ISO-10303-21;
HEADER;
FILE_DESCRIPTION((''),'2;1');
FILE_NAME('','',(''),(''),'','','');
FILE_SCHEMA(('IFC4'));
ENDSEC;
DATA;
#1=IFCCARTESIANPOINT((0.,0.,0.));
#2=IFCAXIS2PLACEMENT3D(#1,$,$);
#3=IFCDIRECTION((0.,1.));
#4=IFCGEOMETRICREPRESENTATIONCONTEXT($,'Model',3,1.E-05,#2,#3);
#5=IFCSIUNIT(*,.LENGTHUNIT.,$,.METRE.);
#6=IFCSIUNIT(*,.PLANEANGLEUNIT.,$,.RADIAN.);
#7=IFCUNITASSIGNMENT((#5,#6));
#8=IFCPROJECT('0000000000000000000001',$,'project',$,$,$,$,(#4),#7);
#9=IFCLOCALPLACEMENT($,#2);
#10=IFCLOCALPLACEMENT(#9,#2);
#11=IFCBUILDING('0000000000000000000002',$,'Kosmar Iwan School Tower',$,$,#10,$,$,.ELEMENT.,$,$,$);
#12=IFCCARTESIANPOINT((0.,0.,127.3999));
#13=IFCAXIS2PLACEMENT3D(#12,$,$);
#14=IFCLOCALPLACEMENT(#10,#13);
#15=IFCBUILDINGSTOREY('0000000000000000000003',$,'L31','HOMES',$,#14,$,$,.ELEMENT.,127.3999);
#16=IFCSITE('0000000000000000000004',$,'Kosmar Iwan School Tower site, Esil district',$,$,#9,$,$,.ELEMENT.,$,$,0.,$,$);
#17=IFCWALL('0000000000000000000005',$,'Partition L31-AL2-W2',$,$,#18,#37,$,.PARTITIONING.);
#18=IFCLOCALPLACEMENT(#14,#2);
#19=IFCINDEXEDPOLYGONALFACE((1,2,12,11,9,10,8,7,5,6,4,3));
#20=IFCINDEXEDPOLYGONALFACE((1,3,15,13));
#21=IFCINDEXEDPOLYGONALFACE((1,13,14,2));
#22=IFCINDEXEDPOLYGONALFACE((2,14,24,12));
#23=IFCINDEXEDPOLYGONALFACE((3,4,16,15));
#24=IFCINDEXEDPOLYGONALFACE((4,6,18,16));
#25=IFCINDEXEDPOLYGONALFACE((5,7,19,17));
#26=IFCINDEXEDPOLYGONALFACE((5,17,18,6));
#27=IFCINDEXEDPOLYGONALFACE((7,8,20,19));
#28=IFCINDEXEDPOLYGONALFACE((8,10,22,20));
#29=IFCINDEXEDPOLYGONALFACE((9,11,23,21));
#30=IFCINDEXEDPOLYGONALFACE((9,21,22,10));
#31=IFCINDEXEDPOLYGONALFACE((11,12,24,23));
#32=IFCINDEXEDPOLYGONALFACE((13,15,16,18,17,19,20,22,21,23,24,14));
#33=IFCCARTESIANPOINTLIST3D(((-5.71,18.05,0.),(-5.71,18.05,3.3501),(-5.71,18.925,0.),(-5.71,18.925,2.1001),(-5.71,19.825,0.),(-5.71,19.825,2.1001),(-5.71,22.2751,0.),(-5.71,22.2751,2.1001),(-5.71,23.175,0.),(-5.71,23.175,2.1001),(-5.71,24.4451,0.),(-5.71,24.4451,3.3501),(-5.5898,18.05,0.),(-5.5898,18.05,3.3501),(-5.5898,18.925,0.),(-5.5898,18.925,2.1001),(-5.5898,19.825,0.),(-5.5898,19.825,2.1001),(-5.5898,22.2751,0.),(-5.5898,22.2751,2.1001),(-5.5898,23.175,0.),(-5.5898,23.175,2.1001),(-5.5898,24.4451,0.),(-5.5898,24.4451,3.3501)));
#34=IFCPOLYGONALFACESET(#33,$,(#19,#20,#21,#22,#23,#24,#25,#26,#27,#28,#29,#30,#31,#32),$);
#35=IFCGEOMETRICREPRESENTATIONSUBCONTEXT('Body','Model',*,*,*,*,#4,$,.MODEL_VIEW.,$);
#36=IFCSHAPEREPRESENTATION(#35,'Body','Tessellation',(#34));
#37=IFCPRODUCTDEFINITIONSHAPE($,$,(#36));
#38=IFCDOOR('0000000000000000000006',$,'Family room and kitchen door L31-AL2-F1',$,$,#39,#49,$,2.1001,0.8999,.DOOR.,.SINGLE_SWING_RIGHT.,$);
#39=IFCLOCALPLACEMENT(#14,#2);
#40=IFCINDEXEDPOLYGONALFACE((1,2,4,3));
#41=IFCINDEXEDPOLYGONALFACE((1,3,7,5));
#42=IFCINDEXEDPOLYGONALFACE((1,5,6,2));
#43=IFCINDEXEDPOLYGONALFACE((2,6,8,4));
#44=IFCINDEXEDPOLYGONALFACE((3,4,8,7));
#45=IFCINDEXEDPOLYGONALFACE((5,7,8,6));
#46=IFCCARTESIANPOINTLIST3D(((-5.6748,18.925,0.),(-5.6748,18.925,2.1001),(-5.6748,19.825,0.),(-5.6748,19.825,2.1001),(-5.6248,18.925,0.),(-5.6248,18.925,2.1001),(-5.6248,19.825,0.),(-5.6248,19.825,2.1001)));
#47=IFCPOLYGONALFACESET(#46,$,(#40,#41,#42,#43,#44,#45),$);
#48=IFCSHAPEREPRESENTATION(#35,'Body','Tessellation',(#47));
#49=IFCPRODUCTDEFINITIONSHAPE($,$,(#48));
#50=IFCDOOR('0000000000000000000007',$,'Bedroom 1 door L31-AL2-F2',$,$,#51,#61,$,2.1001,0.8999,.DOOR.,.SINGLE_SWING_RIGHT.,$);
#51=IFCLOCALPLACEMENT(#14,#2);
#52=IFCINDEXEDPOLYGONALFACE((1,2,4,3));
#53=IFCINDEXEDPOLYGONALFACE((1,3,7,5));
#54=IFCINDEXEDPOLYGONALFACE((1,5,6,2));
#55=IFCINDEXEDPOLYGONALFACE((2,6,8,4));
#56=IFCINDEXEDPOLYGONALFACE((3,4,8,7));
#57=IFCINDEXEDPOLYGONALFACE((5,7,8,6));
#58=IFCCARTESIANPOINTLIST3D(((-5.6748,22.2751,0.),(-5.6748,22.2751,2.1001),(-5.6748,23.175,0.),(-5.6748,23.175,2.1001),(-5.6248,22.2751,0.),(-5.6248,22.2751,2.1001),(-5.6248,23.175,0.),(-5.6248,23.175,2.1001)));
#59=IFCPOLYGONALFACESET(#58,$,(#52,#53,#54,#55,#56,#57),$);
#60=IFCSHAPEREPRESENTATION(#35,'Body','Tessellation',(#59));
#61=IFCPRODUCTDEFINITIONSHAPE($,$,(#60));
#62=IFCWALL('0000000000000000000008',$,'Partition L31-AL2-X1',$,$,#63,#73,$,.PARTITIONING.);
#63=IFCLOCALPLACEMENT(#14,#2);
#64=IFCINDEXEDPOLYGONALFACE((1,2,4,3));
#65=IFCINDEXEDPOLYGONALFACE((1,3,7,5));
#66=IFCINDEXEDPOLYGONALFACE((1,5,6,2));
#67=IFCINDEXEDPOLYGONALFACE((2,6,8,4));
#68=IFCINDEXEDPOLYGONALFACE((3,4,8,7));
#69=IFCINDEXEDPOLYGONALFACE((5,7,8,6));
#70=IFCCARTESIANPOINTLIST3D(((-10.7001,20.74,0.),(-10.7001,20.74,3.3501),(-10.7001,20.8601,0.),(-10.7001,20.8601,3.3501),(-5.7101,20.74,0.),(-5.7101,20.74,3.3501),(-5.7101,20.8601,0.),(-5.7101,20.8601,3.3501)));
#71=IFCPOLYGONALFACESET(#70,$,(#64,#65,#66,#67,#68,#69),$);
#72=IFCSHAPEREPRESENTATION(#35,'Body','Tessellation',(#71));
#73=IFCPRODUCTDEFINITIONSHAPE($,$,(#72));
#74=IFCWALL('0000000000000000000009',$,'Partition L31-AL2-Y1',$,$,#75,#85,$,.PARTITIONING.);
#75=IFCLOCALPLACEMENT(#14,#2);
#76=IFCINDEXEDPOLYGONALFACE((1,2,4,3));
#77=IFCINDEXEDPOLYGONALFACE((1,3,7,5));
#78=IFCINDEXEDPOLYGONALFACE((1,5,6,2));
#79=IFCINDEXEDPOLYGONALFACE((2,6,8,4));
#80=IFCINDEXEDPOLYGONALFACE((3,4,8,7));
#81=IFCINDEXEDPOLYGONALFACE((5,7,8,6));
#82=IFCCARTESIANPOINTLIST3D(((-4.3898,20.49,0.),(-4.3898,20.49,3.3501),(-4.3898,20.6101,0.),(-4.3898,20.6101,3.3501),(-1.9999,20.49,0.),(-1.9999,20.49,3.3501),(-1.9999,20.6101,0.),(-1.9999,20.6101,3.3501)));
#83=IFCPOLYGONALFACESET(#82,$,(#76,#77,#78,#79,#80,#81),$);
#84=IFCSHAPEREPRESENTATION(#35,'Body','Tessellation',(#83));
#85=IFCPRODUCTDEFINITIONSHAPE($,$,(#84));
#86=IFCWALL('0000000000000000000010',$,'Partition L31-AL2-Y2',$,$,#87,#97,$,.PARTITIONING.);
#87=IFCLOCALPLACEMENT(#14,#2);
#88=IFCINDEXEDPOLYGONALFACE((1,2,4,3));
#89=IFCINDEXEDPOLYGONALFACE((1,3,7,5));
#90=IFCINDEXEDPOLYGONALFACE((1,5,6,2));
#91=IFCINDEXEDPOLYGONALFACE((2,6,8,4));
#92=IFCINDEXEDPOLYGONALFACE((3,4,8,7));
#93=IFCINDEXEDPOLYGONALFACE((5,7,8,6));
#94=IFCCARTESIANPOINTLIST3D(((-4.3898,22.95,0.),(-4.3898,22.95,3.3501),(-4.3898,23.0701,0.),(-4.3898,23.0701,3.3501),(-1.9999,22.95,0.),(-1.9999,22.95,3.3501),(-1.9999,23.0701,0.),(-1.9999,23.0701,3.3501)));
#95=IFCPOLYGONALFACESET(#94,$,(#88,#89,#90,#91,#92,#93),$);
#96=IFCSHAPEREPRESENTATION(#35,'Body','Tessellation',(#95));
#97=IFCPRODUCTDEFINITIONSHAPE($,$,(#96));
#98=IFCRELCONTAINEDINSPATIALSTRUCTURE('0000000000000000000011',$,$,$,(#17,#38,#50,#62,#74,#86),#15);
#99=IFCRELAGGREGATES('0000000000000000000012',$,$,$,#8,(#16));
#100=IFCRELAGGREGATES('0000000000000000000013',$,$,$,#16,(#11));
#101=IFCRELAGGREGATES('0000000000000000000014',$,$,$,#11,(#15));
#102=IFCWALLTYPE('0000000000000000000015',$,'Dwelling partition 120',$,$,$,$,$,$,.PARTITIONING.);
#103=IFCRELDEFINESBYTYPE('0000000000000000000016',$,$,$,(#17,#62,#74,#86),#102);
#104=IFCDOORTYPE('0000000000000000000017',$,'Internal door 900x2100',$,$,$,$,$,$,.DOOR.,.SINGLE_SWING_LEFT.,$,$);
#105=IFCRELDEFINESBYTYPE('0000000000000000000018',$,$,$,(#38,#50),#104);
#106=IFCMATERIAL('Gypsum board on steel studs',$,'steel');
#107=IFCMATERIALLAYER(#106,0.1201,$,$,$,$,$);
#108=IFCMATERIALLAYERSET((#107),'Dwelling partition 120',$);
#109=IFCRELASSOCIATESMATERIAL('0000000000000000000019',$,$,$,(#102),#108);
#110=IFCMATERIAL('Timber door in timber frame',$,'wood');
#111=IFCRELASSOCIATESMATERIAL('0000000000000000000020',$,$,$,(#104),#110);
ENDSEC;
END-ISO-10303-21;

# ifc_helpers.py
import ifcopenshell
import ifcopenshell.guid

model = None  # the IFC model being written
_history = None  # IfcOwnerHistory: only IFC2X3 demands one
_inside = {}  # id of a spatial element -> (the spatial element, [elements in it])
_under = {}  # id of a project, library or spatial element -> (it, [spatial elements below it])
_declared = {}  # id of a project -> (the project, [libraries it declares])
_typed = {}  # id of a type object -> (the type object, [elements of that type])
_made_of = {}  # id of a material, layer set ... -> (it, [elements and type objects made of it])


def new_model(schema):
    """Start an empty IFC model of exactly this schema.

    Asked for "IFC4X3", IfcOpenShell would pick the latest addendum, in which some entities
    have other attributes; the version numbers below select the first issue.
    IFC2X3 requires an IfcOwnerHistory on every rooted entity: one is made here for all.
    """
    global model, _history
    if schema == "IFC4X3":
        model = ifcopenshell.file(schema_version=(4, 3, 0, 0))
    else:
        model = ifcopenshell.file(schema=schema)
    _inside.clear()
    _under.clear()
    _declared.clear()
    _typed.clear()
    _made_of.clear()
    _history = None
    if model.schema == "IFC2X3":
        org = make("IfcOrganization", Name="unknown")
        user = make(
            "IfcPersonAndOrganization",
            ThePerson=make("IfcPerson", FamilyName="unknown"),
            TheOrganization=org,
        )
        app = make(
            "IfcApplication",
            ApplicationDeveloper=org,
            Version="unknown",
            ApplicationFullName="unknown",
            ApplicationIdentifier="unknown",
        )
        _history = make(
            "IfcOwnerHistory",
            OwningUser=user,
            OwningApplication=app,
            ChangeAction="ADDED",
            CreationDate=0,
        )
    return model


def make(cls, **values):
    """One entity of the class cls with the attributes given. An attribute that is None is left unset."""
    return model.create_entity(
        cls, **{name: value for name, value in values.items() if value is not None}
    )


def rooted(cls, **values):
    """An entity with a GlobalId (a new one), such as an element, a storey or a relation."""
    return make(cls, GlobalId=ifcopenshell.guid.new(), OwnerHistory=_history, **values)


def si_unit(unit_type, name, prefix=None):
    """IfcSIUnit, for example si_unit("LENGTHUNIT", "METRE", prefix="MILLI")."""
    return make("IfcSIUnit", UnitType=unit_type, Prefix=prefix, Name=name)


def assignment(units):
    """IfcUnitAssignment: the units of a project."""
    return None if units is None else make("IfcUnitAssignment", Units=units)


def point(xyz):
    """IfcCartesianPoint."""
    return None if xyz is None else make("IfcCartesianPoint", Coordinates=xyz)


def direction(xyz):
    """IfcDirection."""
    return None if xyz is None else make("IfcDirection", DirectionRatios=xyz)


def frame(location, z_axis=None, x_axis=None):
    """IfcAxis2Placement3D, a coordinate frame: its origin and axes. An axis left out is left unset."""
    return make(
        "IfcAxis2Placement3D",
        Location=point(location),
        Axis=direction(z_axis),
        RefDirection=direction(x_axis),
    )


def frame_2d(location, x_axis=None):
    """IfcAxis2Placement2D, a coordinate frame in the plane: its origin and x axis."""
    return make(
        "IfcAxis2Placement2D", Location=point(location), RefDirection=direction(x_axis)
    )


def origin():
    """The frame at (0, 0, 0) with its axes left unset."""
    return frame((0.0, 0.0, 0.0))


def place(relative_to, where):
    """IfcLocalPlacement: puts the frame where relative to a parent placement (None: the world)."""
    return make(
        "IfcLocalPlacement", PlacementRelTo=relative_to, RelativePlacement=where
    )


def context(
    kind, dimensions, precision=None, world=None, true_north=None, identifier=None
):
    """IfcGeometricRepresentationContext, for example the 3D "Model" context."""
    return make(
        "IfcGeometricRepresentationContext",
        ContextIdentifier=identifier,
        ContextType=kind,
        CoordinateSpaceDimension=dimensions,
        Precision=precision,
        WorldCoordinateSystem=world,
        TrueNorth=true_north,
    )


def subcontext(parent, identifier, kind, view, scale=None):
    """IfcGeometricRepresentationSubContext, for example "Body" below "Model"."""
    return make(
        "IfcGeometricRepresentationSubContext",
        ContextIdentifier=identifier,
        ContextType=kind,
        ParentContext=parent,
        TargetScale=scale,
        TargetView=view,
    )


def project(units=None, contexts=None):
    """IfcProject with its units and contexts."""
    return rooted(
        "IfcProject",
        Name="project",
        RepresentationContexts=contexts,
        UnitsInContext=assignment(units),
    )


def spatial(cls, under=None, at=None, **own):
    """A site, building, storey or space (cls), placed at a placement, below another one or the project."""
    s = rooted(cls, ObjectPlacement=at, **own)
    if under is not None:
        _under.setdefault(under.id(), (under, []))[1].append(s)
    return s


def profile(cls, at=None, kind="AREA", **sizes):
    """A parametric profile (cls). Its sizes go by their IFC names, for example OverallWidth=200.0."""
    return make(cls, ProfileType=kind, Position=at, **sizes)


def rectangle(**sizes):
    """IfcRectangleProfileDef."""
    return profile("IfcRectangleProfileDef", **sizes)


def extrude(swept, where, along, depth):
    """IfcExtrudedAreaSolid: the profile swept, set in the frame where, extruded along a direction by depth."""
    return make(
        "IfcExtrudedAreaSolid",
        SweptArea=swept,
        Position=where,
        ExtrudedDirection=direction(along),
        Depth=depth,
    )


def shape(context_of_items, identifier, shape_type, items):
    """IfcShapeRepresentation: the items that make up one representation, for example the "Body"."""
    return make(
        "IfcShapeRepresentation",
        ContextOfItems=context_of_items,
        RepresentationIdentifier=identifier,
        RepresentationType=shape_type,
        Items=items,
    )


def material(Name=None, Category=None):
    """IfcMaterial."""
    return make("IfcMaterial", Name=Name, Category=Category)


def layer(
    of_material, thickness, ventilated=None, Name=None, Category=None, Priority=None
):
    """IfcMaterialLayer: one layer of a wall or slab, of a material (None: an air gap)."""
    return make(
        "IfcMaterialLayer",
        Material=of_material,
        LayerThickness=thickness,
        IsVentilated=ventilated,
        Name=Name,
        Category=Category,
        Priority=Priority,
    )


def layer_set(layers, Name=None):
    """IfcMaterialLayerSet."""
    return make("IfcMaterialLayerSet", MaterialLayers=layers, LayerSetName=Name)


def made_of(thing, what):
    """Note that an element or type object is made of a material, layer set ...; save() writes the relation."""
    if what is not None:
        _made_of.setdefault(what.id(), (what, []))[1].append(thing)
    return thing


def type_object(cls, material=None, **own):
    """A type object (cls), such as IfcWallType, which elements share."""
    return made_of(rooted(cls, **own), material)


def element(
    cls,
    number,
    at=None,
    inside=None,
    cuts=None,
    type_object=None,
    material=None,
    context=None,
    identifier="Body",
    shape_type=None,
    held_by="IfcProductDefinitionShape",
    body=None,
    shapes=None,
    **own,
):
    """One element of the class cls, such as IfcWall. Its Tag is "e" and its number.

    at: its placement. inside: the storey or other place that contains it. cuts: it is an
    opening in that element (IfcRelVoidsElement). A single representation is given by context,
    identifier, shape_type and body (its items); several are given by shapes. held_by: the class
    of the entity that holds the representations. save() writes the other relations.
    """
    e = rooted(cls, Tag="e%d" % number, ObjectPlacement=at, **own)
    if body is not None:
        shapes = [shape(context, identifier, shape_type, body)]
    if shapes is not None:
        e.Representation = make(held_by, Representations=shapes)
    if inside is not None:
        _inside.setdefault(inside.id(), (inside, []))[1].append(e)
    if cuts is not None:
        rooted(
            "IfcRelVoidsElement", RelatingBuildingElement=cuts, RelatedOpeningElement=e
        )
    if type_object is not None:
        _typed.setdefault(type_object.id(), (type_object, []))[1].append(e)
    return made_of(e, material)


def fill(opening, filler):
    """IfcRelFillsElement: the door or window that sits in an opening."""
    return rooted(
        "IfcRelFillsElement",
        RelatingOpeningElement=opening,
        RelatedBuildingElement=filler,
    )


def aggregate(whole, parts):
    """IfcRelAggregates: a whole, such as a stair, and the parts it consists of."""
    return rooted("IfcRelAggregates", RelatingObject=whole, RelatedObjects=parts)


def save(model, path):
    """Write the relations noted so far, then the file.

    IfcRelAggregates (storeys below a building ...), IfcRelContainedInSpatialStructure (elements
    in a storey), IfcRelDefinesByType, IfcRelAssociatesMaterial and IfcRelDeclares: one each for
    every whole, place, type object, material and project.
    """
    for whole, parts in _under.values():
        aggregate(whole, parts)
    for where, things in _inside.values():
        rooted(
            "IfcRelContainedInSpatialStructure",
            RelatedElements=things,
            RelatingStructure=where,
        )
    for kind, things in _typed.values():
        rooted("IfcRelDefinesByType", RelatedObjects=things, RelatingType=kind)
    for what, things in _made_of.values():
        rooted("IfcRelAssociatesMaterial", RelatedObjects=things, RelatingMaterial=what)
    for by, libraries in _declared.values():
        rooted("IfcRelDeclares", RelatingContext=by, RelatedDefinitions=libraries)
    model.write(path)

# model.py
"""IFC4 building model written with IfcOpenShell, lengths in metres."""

from ifc_helpers import new_model, si_unit, direction, frame, frame_2d, origin, place, context, subcontext, project, spatial, rectangle, extrude, material, layer, layer_set, type_object, element, fill, save


model = new_model("IFC4")

# Units and contexts
model_context = context("Model", 3, precision=1e-05, world=origin(), true_north=direction((0.0, 1.0)))
body_context = subcontext(model_context, "Body", "Model", "MODEL_VIEW")
ifc_project = project(units=[si_unit("LENGTHUNIT", "METRE"), si_unit("PLANEANGLEUNIT", "RADIAN")], contexts=[model_context])

# Site, building, storey
site_placement = place(None, origin())
site = spatial("IfcSite", under=ifc_project, at=site_placement, Name="Kosmar Iwan School Tower site, Esil district", CompositionType="ELEMENT", RefElevation=0.0)
building_placement = place(site_placement, origin())
building = spatial("IfcBuilding", under=site, at=building_placement, Name="Kosmar Iwan School Tower", CompositionType="ELEMENT")
storey_placement = place(building_placement, frame((0.0, 0.0, 127.3999)))
storey = spatial("IfcBuildingStorey", under=building, at=storey_placement, Name="L31", Description="HOMES", CompositionType="ELEMENT", Elevation=127.3999)

# Wall, openings, doors
ifc_material_1 = material(Name="Gypsum board on steel studs", Category="steel")
ifc_layer_1 = layer(ifc_material_1, 0.1201)
ifc_layer_set_1 = layer_set([ifc_layer_1], Name="Dwelling partition 120")
wall_type = type_object("IfcWallType", Name="Dwelling partition 120", PredefinedType="PARTITIONING", material=ifc_layer_set_1)
ifc_material_2 = material(Name="Timber door in timber frame", Category="wood")
door_type_1 = type_object("IfcDoorType", Name="Internal door 900x2100", OperationType="SINGLE_SWING_LEFT", PredefinedType="DOOR", material=ifc_material_2)
wall_1_placement = place(storey_placement, frame((-5.6499, 18.05, 0.0), z_axis=(0.0, 0.0, 1.0), x_axis=(0.0, 1.0, 0.0)))
wall_1 = element("IfcWall", 1, at=wall_1_placement, inside=storey, type_object=wall_type, Name="Partition L31-AL2-W2", PredefinedType="PARTITIONING", context=body_context, shape_type="SweptSolid", body=[
    extrude(rectangle(XDim=6.395, YDim=0.1201, at=frame_2d((3.1975, 0.0))), origin(), (0.0, 0.0, 1.0), 3.3501),
])
opening_1_placement = place(wall_1_placement, frame((0.875, 0.0, 0.0)))
opening_1 = element("IfcOpeningElement", 2, at=opening_1_placement, cuts=wall_1, PredefinedType="OPENING", context=body_context, shape_type="SweptSolid", body=[
    extrude(rectangle(XDim=0.8999, YDim=2.1001, at=frame_2d((0.45, 1.05))), frame((0.0, 0.072, 0.0), z_axis=(0.0, -1.0, 0.0), x_axis=(1.0, 0.0, 0.0)), (0.0, 0.0, 1.0), 0.144),
])
opening_2_placement = place(wall_1_placement, frame((4.2251, 0.0, 0.0)))
opening_2 = element("IfcOpeningElement", 3, at=opening_2_placement, cuts=wall_1, PredefinedType="OPENING", context=body_context, shape_type="SweptSolid", body=[
    extrude(rectangle(XDim=0.8999, YDim=2.1001, at=frame_2d((0.45, 1.05))), frame((0.0, 0.072, 0.0), z_axis=(0.0, -1.0, 0.0), x_axis=(1.0, 0.0, 0.0)), (0.0, 0.0, 1.0), 0.144),
])
door_1_placement = place(opening_1_placement, origin())
door_1 = element("IfcDoor", 4, at=door_1_placement, inside=storey, type_object=door_type_1, Name="Family room and kitchen door L31-AL2-F1", OperationType="SINGLE_SWING_RIGHT", OverallHeight=2.1001, OverallWidth=0.8999, PredefinedType="DOOR", context=body_context, shape_type="SweptSolid", body=[
    extrude(rectangle(XDim=0.8999, YDim=2.1001, at=frame_2d((0.45, 1.05))), frame((0.0, 0.0249, 0.0), z_axis=(0.0, -1.0, 0.0), x_axis=(1.0, 0.0, 0.0)), (0.0, 0.0, 1.0), 0.05),
])
fill(opening_1, door_1)
door_2_placement = place(opening_2_placement, origin())
door_2 = element("IfcDoor", 5, at=door_2_placement, inside=storey, type_object=door_type_1, Name="Bedroom 1 door L31-AL2-F2", OperationType="SINGLE_SWING_RIGHT", OverallHeight=2.1001, OverallWidth=0.8999, PredefinedType="DOOR", context=body_context, shape_type="SweptSolid", body=[
    extrude(rectangle(XDim=0.8999, YDim=2.1001, at=frame_2d((0.45, 1.05))), frame((0.0, 0.0249, 0.0), z_axis=(0.0, -1.0, 0.0), x_axis=(1.0, 0.0, 0.0)), (0.0, 0.0, 1.0), 0.05),
])
fill(opening_2, door_2)

# Walls
wall_2_placement = place(storey_placement, frame((-5.71, 20.8, 0.0), z_axis=(0.0, 0.0, 1.0), x_axis=(-1.0, 0.0, 0.0)))
element("IfcWall", 6, at=wall_2_placement, inside=storey, type_object=wall_type, Name="Partition L31-AL2-X1", PredefinedType="PARTITIONING", context=body_context, shape_type="SweptSolid", body=[
    extrude(rectangle(XDim=4.99, YDim=0.1201, at=frame_2d((2.4951, 0.0))), origin(), (0.0, 0.0, 1.0), 3.3501),
])
for number, where, z_axis, x_axis, name in (
    (7, (-2.0, 20.55, 0.0), (0.0, 0.0, 1.0), (-1.0, 0.0, 0.0), "Partition L31-AL2-Y1"),
    (8, (-2.0, 23.01, 0.0), (0.0, 0.0, 1.0), (-1.0, 0.0, 0.0), "Partition L31-AL2-Y2"),
):
    element("IfcWall", number, at=place(storey_placement, frame(where, z_axis=z_axis, x_axis=x_axis)), inside=storey, type_object=wall_type, Name=name, PredefinedType="PARTITIONING", context=body_context, shape_type="SweptSolid", body=[
        extrude(rectangle(XDim=2.3899, YDim=0.1201, at=frame_2d((1.1948, 0.0))), origin(), (0.0, 0.0, 1.0), 3.3501),
    ])

save(model, "model.ifc")
